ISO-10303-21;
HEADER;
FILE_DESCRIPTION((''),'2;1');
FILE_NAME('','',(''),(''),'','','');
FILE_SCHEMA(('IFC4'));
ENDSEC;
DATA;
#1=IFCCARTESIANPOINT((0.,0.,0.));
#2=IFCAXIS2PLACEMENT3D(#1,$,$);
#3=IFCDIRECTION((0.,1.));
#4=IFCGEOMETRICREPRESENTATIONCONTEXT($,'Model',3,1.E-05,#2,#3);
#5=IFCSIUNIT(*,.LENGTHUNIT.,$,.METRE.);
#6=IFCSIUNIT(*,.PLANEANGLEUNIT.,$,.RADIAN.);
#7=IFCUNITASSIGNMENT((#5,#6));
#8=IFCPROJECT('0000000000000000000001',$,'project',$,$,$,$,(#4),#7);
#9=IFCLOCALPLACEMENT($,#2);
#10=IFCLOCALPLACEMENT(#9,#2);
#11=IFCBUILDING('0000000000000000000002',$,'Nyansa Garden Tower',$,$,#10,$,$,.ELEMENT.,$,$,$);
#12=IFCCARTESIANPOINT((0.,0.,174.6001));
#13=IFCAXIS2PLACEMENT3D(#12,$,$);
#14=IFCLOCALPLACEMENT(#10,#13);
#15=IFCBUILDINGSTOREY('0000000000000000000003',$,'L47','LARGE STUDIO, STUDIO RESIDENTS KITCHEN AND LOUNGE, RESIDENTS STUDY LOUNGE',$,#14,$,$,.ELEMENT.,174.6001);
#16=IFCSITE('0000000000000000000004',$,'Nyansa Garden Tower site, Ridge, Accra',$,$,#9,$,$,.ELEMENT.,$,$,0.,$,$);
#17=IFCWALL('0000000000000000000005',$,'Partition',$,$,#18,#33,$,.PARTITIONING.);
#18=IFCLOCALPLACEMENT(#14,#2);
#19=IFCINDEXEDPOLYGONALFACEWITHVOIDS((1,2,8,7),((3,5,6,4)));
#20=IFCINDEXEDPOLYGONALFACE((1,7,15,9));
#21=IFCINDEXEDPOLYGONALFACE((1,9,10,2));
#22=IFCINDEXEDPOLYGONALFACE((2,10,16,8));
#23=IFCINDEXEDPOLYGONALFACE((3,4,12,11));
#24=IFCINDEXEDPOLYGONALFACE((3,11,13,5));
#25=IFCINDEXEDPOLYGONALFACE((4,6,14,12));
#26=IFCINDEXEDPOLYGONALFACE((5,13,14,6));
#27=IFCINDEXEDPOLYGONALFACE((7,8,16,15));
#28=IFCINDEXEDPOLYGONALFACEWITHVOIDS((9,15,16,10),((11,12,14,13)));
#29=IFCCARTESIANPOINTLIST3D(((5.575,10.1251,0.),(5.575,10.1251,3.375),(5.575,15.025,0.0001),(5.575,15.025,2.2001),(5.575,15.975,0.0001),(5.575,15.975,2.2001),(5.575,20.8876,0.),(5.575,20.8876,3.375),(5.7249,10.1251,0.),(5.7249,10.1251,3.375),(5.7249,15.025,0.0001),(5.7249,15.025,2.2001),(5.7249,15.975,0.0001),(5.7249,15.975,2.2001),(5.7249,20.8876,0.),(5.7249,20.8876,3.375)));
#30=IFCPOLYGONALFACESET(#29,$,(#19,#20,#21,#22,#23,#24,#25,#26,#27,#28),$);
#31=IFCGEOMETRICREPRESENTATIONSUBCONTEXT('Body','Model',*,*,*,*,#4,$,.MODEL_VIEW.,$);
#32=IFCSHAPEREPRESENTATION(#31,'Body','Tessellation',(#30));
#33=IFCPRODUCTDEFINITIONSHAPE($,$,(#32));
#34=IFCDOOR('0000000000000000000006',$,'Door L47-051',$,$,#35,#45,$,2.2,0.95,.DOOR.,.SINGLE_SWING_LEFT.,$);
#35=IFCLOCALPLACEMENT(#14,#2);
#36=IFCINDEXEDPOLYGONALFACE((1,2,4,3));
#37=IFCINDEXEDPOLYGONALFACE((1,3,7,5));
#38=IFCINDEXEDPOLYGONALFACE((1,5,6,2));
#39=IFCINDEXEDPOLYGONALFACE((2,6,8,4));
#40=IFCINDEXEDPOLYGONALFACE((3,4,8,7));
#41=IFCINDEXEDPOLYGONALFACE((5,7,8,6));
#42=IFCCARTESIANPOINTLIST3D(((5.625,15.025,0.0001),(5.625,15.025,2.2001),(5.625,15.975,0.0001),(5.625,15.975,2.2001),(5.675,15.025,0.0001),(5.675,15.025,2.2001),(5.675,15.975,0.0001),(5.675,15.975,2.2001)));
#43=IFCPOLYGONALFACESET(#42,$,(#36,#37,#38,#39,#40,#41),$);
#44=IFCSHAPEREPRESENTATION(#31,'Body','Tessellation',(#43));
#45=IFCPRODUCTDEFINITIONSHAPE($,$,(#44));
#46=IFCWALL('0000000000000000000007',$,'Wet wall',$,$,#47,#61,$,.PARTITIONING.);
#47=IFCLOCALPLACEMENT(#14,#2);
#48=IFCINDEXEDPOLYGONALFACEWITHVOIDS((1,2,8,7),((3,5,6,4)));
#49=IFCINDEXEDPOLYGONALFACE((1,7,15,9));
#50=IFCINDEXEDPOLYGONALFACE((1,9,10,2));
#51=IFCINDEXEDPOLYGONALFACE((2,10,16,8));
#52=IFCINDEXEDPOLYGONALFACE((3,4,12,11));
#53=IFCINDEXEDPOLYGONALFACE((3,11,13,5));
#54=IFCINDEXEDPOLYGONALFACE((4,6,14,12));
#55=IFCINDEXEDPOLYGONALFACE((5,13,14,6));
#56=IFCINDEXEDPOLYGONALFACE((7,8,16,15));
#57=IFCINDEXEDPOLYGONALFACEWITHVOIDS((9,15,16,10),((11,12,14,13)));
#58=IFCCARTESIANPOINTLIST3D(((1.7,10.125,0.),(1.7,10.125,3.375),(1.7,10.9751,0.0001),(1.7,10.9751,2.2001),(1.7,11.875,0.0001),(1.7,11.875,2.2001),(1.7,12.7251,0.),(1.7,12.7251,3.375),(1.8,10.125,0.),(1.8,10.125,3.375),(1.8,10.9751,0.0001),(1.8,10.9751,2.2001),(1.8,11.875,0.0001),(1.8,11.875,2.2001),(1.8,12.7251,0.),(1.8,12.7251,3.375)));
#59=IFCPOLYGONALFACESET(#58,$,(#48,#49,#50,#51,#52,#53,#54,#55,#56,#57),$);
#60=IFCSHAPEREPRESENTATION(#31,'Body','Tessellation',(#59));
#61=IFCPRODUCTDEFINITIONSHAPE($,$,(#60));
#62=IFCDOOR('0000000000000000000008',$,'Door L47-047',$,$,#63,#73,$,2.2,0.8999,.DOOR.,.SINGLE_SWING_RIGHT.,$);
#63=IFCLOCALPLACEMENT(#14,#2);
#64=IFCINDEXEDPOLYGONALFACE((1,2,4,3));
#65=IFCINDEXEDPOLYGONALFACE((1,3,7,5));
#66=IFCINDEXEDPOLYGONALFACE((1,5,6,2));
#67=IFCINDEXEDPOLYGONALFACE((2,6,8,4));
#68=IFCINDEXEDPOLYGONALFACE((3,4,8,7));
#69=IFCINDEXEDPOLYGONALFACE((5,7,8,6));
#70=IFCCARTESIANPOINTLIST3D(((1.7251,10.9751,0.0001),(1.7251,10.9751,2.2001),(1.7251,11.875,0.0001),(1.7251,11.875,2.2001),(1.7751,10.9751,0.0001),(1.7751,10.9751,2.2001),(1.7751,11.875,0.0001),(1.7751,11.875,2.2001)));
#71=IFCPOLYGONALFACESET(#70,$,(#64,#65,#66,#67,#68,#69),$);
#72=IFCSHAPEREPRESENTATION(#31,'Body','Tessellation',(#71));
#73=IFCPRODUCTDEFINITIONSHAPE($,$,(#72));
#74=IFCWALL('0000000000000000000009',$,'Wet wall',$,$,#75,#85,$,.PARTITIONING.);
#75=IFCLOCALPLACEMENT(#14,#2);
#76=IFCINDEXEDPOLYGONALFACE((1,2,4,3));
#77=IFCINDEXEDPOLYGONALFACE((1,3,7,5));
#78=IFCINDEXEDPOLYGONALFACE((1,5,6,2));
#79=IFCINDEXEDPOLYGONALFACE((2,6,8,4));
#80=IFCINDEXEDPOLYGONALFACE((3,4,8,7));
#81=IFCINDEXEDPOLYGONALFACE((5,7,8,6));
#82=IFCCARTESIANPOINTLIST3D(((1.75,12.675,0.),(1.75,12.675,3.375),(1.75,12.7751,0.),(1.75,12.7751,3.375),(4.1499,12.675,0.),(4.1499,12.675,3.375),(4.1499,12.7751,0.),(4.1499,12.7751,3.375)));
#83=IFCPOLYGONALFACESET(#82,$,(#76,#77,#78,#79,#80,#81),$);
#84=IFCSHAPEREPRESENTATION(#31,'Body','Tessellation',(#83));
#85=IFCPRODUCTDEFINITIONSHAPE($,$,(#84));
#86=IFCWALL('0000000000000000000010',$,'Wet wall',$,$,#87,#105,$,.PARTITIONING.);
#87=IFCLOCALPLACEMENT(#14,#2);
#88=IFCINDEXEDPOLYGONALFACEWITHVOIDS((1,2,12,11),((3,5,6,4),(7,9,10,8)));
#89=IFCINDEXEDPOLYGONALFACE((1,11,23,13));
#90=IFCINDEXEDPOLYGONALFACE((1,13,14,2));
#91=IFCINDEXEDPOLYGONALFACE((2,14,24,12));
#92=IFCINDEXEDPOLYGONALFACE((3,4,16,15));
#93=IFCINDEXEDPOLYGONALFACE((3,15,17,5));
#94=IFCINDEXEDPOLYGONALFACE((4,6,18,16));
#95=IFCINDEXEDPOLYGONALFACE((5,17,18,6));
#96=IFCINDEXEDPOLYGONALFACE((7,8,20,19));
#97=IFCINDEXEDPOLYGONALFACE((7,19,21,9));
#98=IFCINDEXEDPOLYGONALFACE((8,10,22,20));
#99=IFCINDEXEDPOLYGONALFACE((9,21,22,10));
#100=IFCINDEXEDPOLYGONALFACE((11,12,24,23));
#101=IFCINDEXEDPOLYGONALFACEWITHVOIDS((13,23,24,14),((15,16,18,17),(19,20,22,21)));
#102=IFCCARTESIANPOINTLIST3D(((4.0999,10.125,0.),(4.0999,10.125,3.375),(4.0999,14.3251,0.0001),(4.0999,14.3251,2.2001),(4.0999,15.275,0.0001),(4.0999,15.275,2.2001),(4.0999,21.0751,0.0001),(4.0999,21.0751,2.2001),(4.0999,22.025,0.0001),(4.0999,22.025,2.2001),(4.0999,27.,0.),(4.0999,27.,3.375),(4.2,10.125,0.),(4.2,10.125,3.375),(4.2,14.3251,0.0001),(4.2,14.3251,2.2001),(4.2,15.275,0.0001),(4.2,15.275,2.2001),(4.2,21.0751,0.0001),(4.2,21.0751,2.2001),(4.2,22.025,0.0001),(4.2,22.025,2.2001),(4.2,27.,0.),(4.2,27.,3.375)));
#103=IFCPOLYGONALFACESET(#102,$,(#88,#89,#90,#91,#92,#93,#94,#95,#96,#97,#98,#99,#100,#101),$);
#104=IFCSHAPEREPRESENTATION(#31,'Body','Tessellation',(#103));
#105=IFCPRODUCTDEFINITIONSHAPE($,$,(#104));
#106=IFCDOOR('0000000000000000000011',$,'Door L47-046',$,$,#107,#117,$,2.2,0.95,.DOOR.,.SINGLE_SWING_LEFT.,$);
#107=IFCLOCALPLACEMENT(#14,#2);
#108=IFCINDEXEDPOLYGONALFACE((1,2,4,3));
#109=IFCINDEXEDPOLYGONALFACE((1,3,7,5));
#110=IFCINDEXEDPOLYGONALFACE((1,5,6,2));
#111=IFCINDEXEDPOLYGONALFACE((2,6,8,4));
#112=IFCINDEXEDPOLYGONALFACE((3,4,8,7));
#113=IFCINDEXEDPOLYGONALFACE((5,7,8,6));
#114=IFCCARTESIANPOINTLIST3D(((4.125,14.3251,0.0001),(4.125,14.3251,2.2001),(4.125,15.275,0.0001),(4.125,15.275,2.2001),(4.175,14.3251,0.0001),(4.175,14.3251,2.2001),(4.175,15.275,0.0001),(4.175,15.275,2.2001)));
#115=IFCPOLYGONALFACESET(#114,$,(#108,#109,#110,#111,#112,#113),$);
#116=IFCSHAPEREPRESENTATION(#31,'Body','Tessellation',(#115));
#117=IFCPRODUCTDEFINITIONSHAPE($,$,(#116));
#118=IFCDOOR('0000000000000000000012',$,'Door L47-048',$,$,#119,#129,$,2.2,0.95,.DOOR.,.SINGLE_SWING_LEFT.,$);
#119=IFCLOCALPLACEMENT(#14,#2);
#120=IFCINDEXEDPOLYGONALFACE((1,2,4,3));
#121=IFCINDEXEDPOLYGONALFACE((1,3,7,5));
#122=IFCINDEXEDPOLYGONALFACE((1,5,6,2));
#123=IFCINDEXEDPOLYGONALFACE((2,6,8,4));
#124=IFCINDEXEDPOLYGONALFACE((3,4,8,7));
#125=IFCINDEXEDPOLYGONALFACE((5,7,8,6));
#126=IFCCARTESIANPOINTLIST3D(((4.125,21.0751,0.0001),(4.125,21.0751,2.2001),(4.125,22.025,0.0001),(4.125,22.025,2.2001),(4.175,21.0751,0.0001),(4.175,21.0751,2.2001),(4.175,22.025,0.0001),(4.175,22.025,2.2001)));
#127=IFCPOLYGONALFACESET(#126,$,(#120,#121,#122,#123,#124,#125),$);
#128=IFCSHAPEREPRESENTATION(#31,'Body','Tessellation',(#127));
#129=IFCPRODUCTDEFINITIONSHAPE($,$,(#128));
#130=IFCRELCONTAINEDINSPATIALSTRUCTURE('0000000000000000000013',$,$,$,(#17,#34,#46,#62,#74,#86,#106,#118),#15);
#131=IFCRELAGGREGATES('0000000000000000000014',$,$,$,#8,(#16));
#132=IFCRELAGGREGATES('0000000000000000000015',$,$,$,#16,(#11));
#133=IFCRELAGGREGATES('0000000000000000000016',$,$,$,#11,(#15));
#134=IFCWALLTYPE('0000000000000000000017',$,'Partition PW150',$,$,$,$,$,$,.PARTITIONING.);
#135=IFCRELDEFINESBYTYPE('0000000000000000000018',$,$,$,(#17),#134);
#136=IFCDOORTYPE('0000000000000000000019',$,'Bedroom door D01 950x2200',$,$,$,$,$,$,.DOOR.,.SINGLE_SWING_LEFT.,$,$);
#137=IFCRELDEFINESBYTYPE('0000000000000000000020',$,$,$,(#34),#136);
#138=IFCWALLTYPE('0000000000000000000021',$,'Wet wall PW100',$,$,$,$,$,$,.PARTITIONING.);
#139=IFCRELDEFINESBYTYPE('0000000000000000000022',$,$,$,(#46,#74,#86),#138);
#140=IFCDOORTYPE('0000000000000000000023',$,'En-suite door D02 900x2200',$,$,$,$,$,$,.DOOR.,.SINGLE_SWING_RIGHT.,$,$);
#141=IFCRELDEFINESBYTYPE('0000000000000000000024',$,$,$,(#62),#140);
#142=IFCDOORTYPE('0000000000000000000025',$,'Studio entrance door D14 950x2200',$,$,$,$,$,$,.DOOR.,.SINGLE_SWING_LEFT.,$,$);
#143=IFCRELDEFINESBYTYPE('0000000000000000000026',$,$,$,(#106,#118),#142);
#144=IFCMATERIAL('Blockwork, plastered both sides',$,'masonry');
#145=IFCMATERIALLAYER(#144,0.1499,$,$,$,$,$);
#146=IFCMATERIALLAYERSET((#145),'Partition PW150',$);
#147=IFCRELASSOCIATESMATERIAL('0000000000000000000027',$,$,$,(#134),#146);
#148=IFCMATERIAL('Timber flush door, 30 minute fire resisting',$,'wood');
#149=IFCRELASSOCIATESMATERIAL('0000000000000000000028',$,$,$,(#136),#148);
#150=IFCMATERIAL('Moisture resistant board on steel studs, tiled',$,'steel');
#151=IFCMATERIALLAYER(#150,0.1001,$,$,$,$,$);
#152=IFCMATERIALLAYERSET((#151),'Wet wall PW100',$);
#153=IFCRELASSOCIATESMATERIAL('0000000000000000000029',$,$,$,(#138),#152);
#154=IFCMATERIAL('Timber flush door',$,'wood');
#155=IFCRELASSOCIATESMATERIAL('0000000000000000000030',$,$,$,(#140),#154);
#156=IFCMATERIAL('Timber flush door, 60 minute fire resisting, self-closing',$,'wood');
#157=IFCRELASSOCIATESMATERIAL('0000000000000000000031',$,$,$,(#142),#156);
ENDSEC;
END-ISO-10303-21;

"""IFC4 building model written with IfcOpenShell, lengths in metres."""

from ifc_helpers import new_model, si_unit, direction, frame, frame_2d, origin, place, context, subcontext, project, spatial, rectangle, extrude, material, layer, layer_set, type_object, element, fill, save


model = new_model("IFC4")

# Units and contexts
model_context = context("Model", 3, precision=1e-05, world=origin(), true_north=direction((0.0, 1.0)))
body_context = subcontext(model_context, "Body", "Model", "MODEL_VIEW")
ifc_project = project(units=[si_unit("LENGTHUNIT", "METRE"), si_unit("PLANEANGLEUNIT", "RADIAN")], contexts=[model_context])

# Site, building, storey
site_placement = place(None, origin())
site = spatial("IfcSite", under=ifc_project, at=site_placement, Name="Nyansa Garden Tower site, Ridge, Accra", CompositionType="ELEMENT", RefElevation=0.0)
building_placement = place(site_placement, origin())
building = spatial("IfcBuilding", under=site, at=building_placement, Name="Nyansa Garden Tower", CompositionType="ELEMENT")
storey_placement = place(building_placement, frame((0.0, 0.0, 174.6001)))
storey = spatial("IfcBuildingStorey", under=building, at=storey_placement, Name="L47", Description="LARGE STUDIO, STUDIO RESIDENTS KITCHEN AND LOUNGE, RESIDENTS STUDY LOUNGE", CompositionType="ELEMENT", Elevation=174.6001)

# Shared definitions
ifc_material_1 = material(Name="Blockwork, plastered both sides", Category="masonry")
ifc_layer_1 = layer(ifc_material_1, 0.1499)
ifc_layer_set_1 = layer_set([ifc_layer_1], Name="Partition PW150")
wall_type_1 = type_object("IfcWallType", Name="Partition PW150", PredefinedType="PARTITIONING", material=ifc_layer_set_1)

# Walls, openings, doors
wall_1_placement = place(storey_placement, frame((5.6499, 10.125, 0.0), z_axis=(0.0, 0.0, 1.0), x_axis=(0.0, 1.0, 0.0)))
wall_1 = element("IfcWall", 1, at=wall_1_placement, inside=storey, type_object=wall_type_1, Name="Partition", PredefinedType="PARTITIONING", context=body_context, shape_type="SweptSolid", body=[
    extrude(rectangle(XDim=10.7625, YDim=0.1499, at=frame_2d((5.3813, 0.0))), origin(), (0.0, 0.0, 1.0), 3.375),
])
opening_1_placement = place(wall_1_placement, frame((4.8999, 0.0, 0.0)))
opening_1 = element("IfcOpeningElement", 2, at=opening_1_placement, cuts=wall_1, PredefinedType="OPENING", context=body_context, shape_type="SweptSolid", body=[
    extrude(rectangle(XDim=0.95, YDim=2.2, at=frame_2d((0.4751, 1.1001))), frame((0.0, 0.085, 0.0), z_axis=(0.0, -1.0, 0.0), x_axis=(1.0, 0.0, 0.0)), (0.0, 0.0, 1.0), 0.1699),
])
ifc_material_2 = material(Name="Timber flush door, 30 minute fire resisting", Category="wood")
door_type_1 = type_object("IfcDoorType", Name="Bedroom door D01 950x2200", OperationType="SINGLE_SWING_LEFT", PredefinedType="DOOR", material=ifc_material_2)
door_1_placement = place(opening_1_placement, origin())
door_1 = element("IfcDoor", 3, at=door_1_placement, inside=storey, type_object=door_type_1, Name="Door L47-051", OperationType="SINGLE_SWING_LEFT", OverallHeight=2.2, OverallWidth=0.95, PredefinedType="DOOR", context=body_context, shape_type="SweptSolid", body=[
    extrude(rectangle(XDim=0.95, YDim=2.2, at=frame_2d((0.4751, 1.1001))), frame((0.0, 0.0249, 0.0), z_axis=(0.0, -1.0, 0.0), x_axis=(1.0, 0.0, 0.0)), (0.0, 0.0, 1.0), 0.05),
])
fill(opening_1, door_1)
ifc_material_3 = material(Name="Moisture resistant board on steel studs, tiled", Category="steel")
ifc_layer_2 = layer(ifc_material_3, 0.1001)
ifc_layer_set_2 = layer_set([ifc_layer_2], Name="Wet wall PW100")
wall_type_2 = type_object("IfcWallType", Name="Wet wall PW100", PredefinedType="PARTITIONING", material=ifc_layer_set_2)
wall_2_placement = place(storey_placement, frame((1.75, 10.125, 0.0), z_axis=(0.0, 0.0, 1.0), x_axis=(0.0, 1.0, 0.0)))
wall_2 = element("IfcWall", 4, at=wall_2_placement, inside=storey, type_object=wall_type_2, Name="Wet wall", PredefinedType="PARTITIONING", context=body_context, shape_type="SweptSolid", body=[
    extrude(rectangle(XDim=2.6001, YDim=0.1001, at=frame_2d((1.3, 0.0))), origin(), (0.0, 0.0, 1.0), 3.375),
])
opening_2_placement = place(wall_2_placement, frame((0.8501, 0.0, 0.0)))
opening_2 = element("IfcOpeningElement", 5, at=opening_2_placement, cuts=wall_2, PredefinedType="OPENING", context=body_context, shape_type="SweptSolid", body=[
    extrude(rectangle(XDim=0.8999, YDim=2.2, at=frame_2d((0.45, 1.1001))), frame((0.0, 0.0601, 0.0), z_axis=(0.0, -1.0, 0.0), x_axis=(1.0, 0.0, 0.0)), (0.0, 0.0, 1.0), 0.1201),
])
ifc_material_4 = material(Name="Timber flush door", Category="wood")
door_type_2 = type_object("IfcDoorType", Name="En-suite door D02 900x2200", OperationType="SINGLE_SWING_RIGHT", PredefinedType="DOOR", material=ifc_material_4)
door_2_placement = place(opening_2_placement, origin())
door_2 = element("IfcDoor", 6, at=door_2_placement, inside=storey, type_object=door_type_2, Name="Door L47-047", OperationType="SINGLE_SWING_RIGHT", OverallHeight=2.2, OverallWidth=0.8999, PredefinedType="DOOR", context=body_context, shape_type="SweptSolid", body=[
    extrude(rectangle(XDim=0.8999, YDim=2.2, at=frame_2d((0.45, 1.1001))), frame((0.0, 0.0249, 0.0), z_axis=(0.0, -1.0, 0.0), x_axis=(1.0, 0.0, 0.0)), (0.0, 0.0, 1.0), 0.05),
])
fill(opening_2, door_2)

# Wall
wall_3_placement = place(storey_placement, frame((1.75, 12.7251, 0.0), z_axis=(0.0, 0.0, 1.0), x_axis=(1.0, 0.0, 0.0)))
element("IfcWall", 7, at=wall_3_placement, inside=storey, type_object=wall_type_2, Name="Wet wall", PredefinedType="PARTITIONING", context=body_context, shape_type="SweptSolid", body=[
    extrude(rectangle(XDim=2.3999, YDim=0.1001, at=frame_2d((1.2, 0.0))), origin(), (0.0, 0.0, 1.0), 3.375),
])

# Wall, openings, doors
wall_4_placement = place(storey_placement, frame((4.1499, 10.125, 0.0), z_axis=(0.0, 0.0, 1.0), x_axis=(0.0, 1.0, 0.0)))
wall_4 = element("IfcWall", 8, at=wall_4_placement, inside=storey, type_object=wall_type_2, Name="Wet wall", PredefinedType="PARTITIONING", context=body_context, shape_type="SweptSolid", body=[
    extrude(rectangle(XDim=16.875, YDim=0.1001, at=frame_2d((8.4375, 0.0))), origin(), (0.0, 0.0, 1.0), 3.375),
])
opening_3_placement = place(wall_4_placement, frame((4.2, 0.0, 0.0)))
opening_3 = element("IfcOpeningElement", 9, at=opening_3_placement, cuts=wall_4, PredefinedType="OPENING", context=body_context, shape_type="SweptSolid", body=[
    extrude(rectangle(XDim=0.95, YDim=2.2, at=frame_2d((0.4751, 1.1001))), frame((0.0, 0.0601, 0.0), z_axis=(0.0, -1.0, 0.0), x_axis=(1.0, 0.0, 0.0)), (0.0, 0.0, 1.0), 0.1201),
])
opening_4_placement = place(wall_4_placement, frame((10.95, 0.0, 0.0)))
opening_4 = element("IfcOpeningElement", 10, at=opening_4_placement, cuts=wall_4, PredefinedType="OPENING", context=body_context, shape_type="SweptSolid", body=[
    extrude(rectangle(XDim=0.95, YDim=2.2, at=frame_2d((0.4751, 1.1001))), frame((0.0, 0.0601, 0.0), z_axis=(0.0, -1.0, 0.0), x_axis=(1.0, 0.0, 0.0)), (0.0, 0.0, 1.0), 0.1201),
])
ifc_material_5 = material(Name="Timber flush door, 60 minute fire resisting, self-closing", Category="wood")
door_type_3 = type_object("IfcDoorType", Name="Studio entrance door D14 950x2200", OperationType="SINGLE_SWING_LEFT", PredefinedType="DOOR", material=ifc_material_5)
door_3_placement = place(opening_3_placement, origin())
door_3 = element("IfcDoor", 11, at=door_3_placement, inside=storey, type_object=door_type_3, Name="Door L47-046", OperationType="SINGLE_SWING_LEFT", OverallHeight=2.2, OverallWidth=0.95, PredefinedType="DOOR", context=body_context, shape_type="SweptSolid", body=[
    extrude(rectangle(XDim=0.95, YDim=2.2, at=frame_2d((0.4751, 1.1001))), frame((0.0, 0.0249, 0.0), z_axis=(0.0, -1.0, 0.0), x_axis=(1.0, 0.0, 0.0)), (0.0, 0.0, 1.0), 0.05),
])
fill(opening_3, door_3)
door_4_placement = place(opening_4_placement, origin())
door_4 = element("IfcDoor", 12, at=door_4_placement, inside=storey, type_object=door_type_3, Name="Door L47-048", OperationType="SINGLE_SWING_LEFT", OverallHeight=2.2, OverallWidth=0.95, PredefinedType="DOOR", context=body_context, shape_type="SweptSolid", body=[
    extrude(rectangle(XDim=0.95, YDim=2.2, at=frame_2d((0.4751, 1.1001))), frame((0.0, 0.0249, 0.0), z_axis=(0.0, -1.0, 0.0), x_axis=(1.0, 0.0, 0.0)), (0.0, 0.0, 1.0), 0.05),
])
fill(opening_4, door_4)

save(model, "model.ifc")
